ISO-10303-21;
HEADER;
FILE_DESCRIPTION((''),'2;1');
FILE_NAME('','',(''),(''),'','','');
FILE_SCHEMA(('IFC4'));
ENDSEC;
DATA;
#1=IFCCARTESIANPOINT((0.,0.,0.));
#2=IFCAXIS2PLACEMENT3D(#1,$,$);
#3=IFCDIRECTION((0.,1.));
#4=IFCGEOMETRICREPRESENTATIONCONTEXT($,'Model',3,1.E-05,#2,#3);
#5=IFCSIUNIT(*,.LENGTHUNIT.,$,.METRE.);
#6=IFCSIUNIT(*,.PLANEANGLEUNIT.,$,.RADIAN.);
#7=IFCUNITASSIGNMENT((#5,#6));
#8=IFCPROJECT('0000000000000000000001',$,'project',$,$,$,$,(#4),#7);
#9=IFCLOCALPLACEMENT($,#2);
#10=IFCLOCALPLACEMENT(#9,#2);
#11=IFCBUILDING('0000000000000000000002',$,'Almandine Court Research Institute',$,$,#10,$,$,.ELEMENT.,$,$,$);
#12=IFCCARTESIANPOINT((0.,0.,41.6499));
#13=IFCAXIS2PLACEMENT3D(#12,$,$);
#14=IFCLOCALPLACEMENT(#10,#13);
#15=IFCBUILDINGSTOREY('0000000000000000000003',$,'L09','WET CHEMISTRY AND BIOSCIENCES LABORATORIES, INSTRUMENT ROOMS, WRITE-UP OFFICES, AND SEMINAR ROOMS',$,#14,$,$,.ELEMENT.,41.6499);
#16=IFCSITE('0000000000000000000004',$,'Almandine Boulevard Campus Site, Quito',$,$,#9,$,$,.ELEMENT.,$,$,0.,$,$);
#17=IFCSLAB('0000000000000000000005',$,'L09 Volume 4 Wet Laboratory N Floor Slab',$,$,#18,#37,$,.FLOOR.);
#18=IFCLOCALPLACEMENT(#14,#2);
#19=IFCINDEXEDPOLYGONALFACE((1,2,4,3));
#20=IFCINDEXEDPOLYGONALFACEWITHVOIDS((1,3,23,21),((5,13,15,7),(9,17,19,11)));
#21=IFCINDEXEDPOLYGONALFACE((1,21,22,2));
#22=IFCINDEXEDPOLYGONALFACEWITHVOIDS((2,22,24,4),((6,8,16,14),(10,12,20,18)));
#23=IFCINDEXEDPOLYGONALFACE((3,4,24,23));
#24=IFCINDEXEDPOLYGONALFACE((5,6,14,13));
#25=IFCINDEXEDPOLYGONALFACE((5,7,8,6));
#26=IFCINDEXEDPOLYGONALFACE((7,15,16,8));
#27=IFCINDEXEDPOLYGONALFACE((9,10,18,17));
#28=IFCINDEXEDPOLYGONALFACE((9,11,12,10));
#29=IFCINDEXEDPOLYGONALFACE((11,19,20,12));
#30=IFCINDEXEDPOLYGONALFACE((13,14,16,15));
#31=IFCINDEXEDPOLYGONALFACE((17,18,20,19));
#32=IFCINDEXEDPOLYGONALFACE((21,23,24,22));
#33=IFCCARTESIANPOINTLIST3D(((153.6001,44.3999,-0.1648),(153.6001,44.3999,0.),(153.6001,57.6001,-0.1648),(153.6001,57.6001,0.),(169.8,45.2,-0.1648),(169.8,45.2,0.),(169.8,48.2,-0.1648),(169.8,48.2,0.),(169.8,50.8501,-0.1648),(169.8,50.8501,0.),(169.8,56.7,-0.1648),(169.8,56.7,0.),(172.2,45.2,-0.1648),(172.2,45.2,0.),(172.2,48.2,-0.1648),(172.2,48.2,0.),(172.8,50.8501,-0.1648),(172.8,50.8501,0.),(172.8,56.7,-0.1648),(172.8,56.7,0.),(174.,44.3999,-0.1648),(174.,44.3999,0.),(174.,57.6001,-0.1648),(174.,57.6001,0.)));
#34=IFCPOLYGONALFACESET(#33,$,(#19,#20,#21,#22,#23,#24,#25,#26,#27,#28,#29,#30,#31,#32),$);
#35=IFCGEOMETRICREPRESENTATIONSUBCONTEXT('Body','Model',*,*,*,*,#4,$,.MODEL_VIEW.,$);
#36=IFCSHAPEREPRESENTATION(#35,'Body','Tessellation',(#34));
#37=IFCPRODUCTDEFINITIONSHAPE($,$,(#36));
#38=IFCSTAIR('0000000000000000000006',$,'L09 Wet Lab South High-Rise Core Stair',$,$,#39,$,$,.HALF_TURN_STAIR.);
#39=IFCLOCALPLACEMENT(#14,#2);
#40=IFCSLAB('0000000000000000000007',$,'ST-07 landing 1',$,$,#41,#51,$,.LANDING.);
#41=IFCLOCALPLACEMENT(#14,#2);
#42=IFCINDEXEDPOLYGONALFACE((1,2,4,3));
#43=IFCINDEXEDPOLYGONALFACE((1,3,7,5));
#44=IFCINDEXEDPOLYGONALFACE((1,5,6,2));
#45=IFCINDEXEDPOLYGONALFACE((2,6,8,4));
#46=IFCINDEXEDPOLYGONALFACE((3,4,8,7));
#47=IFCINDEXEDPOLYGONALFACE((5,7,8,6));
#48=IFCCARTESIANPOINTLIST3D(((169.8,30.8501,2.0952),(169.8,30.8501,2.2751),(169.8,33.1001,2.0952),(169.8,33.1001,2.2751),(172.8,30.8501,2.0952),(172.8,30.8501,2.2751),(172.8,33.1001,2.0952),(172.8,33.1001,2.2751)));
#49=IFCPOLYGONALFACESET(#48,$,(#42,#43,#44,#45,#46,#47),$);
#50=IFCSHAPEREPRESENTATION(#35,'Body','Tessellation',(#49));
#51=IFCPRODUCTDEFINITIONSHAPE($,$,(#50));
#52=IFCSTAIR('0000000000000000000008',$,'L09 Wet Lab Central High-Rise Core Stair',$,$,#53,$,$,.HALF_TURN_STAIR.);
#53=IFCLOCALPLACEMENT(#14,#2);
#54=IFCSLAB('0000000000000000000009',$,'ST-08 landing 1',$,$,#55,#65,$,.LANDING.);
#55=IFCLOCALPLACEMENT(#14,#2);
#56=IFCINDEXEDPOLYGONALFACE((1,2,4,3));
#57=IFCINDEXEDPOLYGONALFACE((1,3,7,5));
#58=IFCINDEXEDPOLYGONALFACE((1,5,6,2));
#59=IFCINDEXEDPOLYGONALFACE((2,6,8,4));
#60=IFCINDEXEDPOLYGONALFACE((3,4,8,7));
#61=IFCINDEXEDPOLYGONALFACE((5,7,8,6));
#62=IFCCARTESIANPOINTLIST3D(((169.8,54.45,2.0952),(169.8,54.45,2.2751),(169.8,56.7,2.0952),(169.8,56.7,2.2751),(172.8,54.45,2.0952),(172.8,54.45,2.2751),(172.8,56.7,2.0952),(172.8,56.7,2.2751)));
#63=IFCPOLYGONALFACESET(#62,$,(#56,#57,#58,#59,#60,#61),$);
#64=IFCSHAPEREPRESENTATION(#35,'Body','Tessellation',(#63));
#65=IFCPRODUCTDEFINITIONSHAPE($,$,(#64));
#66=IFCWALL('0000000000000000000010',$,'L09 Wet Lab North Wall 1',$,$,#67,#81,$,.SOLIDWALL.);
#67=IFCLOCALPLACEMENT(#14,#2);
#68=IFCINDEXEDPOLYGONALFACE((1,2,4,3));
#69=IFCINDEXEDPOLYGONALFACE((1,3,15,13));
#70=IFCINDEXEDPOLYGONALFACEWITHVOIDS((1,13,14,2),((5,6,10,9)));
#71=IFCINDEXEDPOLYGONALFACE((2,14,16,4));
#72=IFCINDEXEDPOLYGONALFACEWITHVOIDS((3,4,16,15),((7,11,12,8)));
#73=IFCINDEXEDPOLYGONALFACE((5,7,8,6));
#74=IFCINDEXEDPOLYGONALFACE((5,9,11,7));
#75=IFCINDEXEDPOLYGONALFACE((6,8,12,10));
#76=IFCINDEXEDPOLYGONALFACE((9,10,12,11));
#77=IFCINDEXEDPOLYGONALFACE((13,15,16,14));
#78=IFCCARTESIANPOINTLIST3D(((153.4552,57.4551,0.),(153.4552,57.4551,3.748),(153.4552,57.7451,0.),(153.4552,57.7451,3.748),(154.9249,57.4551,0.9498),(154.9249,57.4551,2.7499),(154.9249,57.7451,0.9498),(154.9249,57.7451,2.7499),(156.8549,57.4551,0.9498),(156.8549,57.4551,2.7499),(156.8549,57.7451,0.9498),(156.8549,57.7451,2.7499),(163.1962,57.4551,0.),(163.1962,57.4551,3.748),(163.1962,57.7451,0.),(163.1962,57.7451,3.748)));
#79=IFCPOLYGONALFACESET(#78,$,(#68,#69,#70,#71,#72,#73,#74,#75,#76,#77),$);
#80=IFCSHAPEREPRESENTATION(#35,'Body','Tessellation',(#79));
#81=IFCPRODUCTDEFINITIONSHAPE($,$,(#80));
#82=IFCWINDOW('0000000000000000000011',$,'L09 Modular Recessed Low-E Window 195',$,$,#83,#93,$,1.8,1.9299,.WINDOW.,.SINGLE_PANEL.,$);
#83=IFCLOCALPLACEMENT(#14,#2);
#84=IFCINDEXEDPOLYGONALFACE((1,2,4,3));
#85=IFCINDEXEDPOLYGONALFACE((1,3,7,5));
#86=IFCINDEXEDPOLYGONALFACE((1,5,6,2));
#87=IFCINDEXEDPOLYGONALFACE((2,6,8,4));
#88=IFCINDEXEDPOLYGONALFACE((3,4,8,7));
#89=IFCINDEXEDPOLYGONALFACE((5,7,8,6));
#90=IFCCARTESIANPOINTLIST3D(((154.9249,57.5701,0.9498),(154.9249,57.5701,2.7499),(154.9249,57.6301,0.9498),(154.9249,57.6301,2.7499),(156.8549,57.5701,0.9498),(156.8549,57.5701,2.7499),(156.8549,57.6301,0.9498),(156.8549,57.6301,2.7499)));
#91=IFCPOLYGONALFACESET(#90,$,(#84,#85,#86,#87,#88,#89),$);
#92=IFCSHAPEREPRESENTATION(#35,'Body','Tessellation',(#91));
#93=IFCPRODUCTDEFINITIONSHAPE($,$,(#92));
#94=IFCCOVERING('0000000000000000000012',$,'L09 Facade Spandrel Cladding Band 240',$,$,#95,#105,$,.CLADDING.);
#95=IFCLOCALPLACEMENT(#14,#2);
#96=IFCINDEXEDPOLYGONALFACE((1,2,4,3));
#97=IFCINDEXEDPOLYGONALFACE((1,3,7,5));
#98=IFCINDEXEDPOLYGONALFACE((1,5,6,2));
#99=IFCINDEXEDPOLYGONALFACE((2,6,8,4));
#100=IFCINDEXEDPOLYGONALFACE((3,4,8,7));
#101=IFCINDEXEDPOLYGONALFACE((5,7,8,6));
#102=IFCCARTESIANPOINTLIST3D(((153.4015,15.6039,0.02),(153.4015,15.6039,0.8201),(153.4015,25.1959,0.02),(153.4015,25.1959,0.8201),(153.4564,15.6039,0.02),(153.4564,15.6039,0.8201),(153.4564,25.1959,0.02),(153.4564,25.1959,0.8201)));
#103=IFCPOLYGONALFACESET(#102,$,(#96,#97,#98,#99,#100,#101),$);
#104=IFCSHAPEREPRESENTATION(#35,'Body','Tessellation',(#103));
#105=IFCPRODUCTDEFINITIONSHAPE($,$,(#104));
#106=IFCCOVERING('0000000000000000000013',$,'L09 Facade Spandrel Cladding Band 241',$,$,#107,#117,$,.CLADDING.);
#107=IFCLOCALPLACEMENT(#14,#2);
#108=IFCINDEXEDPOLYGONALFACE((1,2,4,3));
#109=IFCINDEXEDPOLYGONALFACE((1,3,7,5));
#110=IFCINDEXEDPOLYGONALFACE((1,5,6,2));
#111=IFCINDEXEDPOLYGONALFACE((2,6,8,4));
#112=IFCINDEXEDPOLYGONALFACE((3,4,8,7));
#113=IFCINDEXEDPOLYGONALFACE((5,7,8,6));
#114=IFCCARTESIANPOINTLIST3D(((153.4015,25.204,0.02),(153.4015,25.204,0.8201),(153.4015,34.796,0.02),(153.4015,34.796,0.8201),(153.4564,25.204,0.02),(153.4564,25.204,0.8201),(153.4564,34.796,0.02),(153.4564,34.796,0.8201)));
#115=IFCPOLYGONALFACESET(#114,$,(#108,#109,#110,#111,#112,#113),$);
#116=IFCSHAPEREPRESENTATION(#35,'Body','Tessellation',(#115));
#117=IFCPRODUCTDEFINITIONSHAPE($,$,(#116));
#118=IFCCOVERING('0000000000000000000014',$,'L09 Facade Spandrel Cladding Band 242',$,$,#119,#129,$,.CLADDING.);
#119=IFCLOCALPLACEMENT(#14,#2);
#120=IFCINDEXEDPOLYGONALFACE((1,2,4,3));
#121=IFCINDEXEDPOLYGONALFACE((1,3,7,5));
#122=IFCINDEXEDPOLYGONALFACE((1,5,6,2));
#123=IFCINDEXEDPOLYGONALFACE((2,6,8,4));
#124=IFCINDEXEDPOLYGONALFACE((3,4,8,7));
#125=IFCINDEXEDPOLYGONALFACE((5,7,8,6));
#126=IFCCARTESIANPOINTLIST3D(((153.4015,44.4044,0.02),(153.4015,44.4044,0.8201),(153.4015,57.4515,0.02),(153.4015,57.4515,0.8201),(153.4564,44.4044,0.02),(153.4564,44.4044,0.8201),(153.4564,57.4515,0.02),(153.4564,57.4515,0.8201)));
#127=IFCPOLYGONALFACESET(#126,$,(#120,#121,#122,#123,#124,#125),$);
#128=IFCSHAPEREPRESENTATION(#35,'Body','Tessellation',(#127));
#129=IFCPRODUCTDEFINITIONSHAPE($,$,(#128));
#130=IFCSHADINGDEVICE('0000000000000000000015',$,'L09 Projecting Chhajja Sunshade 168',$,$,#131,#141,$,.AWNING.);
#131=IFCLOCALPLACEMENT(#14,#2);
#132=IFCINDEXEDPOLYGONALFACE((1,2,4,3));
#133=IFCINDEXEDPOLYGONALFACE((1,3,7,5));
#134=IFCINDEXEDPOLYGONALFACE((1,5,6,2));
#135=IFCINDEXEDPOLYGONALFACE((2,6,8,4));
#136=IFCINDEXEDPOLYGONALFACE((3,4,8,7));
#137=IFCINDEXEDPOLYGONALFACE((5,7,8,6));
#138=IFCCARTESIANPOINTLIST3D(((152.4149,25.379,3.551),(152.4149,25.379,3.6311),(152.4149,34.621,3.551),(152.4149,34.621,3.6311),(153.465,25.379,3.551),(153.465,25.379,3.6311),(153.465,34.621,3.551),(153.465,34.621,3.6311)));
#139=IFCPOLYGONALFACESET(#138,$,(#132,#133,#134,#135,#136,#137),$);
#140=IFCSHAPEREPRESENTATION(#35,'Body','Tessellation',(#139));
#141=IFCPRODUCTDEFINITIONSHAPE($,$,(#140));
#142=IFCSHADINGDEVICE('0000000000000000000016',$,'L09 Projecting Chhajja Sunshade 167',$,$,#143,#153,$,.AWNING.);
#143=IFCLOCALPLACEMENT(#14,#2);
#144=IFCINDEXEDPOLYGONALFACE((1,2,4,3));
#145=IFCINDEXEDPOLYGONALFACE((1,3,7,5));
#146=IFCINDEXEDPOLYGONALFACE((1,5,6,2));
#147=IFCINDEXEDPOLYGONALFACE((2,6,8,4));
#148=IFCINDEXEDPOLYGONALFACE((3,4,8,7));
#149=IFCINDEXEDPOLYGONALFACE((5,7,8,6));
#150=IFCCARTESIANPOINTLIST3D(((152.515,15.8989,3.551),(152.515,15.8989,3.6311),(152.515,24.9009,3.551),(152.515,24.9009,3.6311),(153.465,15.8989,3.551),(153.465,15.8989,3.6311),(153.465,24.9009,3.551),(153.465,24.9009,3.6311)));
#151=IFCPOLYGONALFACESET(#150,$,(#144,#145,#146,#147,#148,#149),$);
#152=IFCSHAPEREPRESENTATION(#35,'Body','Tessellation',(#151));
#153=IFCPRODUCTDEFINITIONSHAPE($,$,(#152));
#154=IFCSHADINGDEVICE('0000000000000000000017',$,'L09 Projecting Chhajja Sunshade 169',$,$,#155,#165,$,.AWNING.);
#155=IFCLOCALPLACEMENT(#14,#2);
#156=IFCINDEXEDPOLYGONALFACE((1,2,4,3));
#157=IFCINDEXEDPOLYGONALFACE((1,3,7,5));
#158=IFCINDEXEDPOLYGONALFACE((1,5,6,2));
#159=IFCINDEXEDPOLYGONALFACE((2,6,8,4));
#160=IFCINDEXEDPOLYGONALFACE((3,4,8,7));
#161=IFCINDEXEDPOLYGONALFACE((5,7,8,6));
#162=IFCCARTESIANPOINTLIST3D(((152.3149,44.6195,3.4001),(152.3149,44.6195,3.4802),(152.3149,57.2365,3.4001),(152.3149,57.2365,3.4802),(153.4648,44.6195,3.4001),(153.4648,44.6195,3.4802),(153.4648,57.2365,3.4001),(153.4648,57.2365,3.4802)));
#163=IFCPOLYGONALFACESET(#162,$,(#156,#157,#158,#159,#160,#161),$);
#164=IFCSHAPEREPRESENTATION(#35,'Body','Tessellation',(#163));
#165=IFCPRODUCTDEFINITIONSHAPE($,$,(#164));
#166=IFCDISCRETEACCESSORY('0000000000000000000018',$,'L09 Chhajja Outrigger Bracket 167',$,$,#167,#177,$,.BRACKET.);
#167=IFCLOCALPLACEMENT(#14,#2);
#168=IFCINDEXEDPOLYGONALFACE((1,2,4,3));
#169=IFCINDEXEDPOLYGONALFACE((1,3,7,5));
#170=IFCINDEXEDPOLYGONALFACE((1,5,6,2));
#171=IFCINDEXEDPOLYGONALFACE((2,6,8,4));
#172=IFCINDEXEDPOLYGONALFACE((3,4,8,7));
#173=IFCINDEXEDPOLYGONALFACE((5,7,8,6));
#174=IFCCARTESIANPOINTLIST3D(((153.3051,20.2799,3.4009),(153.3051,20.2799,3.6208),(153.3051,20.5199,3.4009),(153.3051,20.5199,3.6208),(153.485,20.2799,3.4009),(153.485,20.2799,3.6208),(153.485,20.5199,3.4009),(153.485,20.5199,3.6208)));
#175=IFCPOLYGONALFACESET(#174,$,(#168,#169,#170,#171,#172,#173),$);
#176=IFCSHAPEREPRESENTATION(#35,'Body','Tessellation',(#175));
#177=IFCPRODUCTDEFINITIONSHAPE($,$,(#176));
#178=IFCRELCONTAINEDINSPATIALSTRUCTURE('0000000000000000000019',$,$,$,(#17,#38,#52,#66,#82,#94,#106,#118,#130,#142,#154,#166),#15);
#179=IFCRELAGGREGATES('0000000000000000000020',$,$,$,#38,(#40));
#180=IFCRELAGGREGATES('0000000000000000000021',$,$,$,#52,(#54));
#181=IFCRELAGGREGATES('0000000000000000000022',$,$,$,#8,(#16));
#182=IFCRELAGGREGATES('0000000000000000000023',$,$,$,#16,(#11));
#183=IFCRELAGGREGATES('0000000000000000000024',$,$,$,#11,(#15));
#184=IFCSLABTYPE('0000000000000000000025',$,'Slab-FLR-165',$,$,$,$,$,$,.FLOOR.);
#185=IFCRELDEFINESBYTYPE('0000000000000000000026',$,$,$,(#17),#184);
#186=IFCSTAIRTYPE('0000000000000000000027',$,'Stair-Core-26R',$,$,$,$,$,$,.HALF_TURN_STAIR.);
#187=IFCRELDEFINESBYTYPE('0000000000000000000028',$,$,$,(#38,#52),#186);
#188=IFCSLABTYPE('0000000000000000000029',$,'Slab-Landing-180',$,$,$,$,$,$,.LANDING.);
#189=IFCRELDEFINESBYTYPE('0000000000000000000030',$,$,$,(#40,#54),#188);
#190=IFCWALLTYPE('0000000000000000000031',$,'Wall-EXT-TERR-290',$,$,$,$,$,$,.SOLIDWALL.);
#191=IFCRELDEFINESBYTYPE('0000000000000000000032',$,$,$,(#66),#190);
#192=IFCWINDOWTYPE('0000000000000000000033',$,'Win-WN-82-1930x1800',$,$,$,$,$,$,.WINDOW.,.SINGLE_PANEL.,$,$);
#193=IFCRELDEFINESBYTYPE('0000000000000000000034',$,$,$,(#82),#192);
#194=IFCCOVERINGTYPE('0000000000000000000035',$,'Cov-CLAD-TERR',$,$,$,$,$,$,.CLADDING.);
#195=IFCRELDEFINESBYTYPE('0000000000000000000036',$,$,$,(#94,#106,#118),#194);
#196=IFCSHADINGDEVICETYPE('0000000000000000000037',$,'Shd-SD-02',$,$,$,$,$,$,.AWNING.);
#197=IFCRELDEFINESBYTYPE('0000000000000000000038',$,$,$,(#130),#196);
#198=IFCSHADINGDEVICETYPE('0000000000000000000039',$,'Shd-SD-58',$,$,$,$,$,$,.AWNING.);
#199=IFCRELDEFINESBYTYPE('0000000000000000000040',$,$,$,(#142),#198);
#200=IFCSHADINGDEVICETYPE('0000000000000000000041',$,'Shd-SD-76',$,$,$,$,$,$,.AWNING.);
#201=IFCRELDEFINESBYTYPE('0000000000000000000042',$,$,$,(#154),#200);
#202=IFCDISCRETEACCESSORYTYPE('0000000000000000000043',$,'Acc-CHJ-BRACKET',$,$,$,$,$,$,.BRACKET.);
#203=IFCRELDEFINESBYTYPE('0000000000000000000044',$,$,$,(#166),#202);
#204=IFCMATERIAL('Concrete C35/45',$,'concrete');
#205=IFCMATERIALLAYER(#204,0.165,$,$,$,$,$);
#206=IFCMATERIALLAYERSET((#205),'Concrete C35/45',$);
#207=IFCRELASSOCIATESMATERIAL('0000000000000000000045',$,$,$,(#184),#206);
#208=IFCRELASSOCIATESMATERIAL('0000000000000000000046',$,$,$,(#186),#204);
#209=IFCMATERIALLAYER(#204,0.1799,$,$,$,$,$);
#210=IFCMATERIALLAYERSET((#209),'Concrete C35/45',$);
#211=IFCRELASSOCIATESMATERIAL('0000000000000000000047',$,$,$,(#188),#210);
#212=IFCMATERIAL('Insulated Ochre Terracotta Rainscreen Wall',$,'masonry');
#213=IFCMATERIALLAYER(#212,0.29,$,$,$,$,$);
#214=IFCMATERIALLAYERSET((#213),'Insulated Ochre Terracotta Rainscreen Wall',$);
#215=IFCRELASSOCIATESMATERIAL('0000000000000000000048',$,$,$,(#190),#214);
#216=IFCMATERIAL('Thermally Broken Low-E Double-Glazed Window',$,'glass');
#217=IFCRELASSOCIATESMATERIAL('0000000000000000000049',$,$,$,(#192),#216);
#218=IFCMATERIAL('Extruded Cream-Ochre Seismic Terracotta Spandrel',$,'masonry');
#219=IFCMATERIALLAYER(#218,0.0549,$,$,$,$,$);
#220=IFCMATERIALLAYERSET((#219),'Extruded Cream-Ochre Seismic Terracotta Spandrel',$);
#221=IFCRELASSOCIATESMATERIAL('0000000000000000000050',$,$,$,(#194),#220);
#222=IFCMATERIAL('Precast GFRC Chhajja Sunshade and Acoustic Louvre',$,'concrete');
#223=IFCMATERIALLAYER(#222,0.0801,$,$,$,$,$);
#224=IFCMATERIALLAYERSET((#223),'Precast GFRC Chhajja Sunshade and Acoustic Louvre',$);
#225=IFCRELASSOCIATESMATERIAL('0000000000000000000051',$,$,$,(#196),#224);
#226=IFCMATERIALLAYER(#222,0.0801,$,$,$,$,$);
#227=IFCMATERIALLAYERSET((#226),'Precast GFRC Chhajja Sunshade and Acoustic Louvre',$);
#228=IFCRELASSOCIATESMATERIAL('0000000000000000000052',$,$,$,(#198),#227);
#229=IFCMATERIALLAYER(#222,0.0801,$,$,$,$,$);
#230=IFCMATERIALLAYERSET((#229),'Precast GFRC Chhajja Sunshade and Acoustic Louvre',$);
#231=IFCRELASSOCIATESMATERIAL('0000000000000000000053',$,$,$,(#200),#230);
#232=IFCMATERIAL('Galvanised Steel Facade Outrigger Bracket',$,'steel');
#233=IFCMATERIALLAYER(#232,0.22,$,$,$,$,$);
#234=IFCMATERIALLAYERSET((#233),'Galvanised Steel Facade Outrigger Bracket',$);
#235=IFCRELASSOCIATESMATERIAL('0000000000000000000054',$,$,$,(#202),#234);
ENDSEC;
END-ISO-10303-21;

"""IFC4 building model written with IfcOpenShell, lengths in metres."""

from ifc_helpers import new_model, si_unit, direction, frame, frame_2d, origin, origin_2d, place, context, subcontext, project, spatial, polyline, rectangle, outline, extrude, material, layer, layer_set, type_object, element, fill, aggregate, save


model = new_model("IFC4")

# Units and contexts
model_context = context("Model", 3, precision=1e-05, world=origin(), true_north=direction((0.0, 1.0)))
body_context = subcontext(model_context, "Body", "Model", "MODEL_VIEW")
ifc_project = project(units=[si_unit("LENGTHUNIT", "METRE"), si_unit("PLANEANGLEUNIT", "RADIAN")], contexts=[model_context])

# Site, building, storey
site_placement = place(None, origin())
site = spatial("IfcSite", under=ifc_project, at=site_placement, Name="Almandine Boulevard Campus Site, Quito", CompositionType="ELEMENT", RefElevation=0.0)
building_placement = place(site_placement, origin())
building = spatial("IfcBuilding", under=site, at=building_placement, Name="Almandine Court Research Institute", CompositionType="ELEMENT")
storey_placement = place(building_placement, frame((0.0, 0.0, 41.6499)))
storey = spatial("IfcBuildingStorey", under=building, at=storey_placement, Name="L09", Description="WET CHEMISTRY AND BIOSCIENCES LABORATORIES, INSTRUMENT ROOMS, WRITE-UP OFFICES, AND SEMINAR ROOMS", CompositionType="ELEMENT", Elevation=41.6499)

# Slab
ifc_material_1 = material(Name="Concrete C35/45", Category="concrete")
ifc_layer_1 = layer(ifc_material_1, 0.165)
ifc_layer_set_1 = layer_set([ifc_layer_1], Name="Concrete C35/45")
slab_type_1 = type_object("IfcSlabType", Name="Slab-FLR-165", PredefinedType="FLOOR", material=ifc_layer_set_1)
slab_1_placement = place(storey_placement, frame((0.0, 0.0, -0.1648)))
element("IfcSlab", 1, at=slab_1_placement, inside=storey, type_object=slab_type_1, Name="L09 Volume 4 Wet Laboratory N Floor Slab", PredefinedType="FLOOR", context=body_context, shape_type="SweptSolid", body=[
    extrude(outline(polyline([(153.6001, 44.3999), (174.0, 44.3999), (174.0, 57.6001), (153.6001, 57.6001), (153.6001, 44.3999)]), holes=[polyline([(172.8, 50.8501), (172.8, 56.7), (169.8, 56.7), (169.8, 50.8501), (172.8, 50.8501)]), polyline([(169.8, 45.2), (172.2, 45.2), (172.2, 48.2), (169.8, 48.2), (169.8, 45.2)])]), origin(), (0.0, 0.0, 1.0), 0.1648),
])

# Stairs, slabs
stair_type = type_object("IfcStairType", Name="Stair-Core-26R", PredefinedType="HALF_TURN_STAIR", material=ifc_material_1)
stair_1_placement = place(storey_placement, origin())
stair_1 = element("IfcStair", 2, at=stair_1_placement, inside=storey, type_object=stair_type, Name="L09 Wet Lab South High-Rise Core Stair", PredefinedType="HALF_TURN_STAIR")
ifc_layer_2 = layer(ifc_material_1, 0.1799)
ifc_layer_set_2 = layer_set([ifc_layer_2], Name="Concrete C35/45")
slab_type_2 = type_object("IfcSlabType", Name="Slab-Landing-180", PredefinedType="LANDING", material=ifc_layer_set_2)
slab_2_placement = place(storey_placement, frame((0.0, 0.0, 2.0952)))
slab_2 = element("IfcSlab", 3, at=slab_2_placement, type_object=slab_type_2, Name="ST-07 landing 1", PredefinedType="LANDING", context=body_context, shape_type="SweptSolid", body=[
    extrude(outline(polyline([(172.8, 30.8501), (172.8, 33.1001), (169.8, 33.1001), (169.8, 30.8501), (172.8, 30.8501)])), origin(), (0.0, 0.0, 1.0), 0.1799),
])
aggregate(stair_1, [slab_2])
stair_2_placement = place(storey_placement, origin())
stair_2 = element("IfcStair", 4, at=stair_2_placement, inside=storey, type_object=stair_type, Name="L09 Wet Lab Central High-Rise Core Stair", PredefinedType="HALF_TURN_STAIR")
slab_3_placement = place(storey_placement, frame((0.0, 0.0, 2.0952)))
slab_3 = element("IfcSlab", 5, at=slab_3_placement, type_object=slab_type_2, Name="ST-08 landing 1", PredefinedType="LANDING", context=body_context, shape_type="SweptSolid", body=[
    extrude(outline(polyline([(172.8, 54.45), (172.8, 56.7), (169.8, 56.7), (169.8, 54.45), (172.8, 54.45)])), origin(), (0.0, 0.0, 1.0), 0.1799),
])
aggregate(stair_2, [slab_3])

# Wall, opening, window
ifc_material_2 = material(Name="Insulated Ochre Terracotta Rainscreen Wall", Category="masonry")
ifc_layer_3 = layer(ifc_material_2, 0.29)
ifc_layer_set_3 = layer_set([ifc_layer_3], Name="Insulated Ochre Terracotta Rainscreen Wall")
wall_type = type_object("IfcWallType", Name="Wall-EXT-TERR-290", PredefinedType="SOLIDWALL", material=ifc_layer_set_3)
wall_placement = place(storey_placement, frame((153.4551, 57.6001, 0.0), z_axis=(0.0, 0.0, 1.0), x_axis=(1.0, 0.0, 0.0)))
wall = element("IfcWall", 6, at=wall_placement, inside=storey, type_object=wall_type, Name="L09 Wet Lab North Wall 1", PredefinedType="SOLIDWALL", context=body_context, shape_type="SweptSolid", body=[
    extrude(rectangle(XDim=9.741, YDim=0.29, at=frame_2d((4.8706, 0.0))), origin(), (0.0, 0.0, 1.0), 3.748),
])
opening_placement = place(wall_placement, frame((1.47, 0.0, 0.95)))
opening = element("IfcOpeningElement", 7, at=opening_placement, cuts=wall, PredefinedType="OPENING", context=body_context, shape_type="SweptSolid", body=[
    extrude(rectangle(XDim=1.9299, YDim=1.8, at=frame_2d((0.9648, 0.8999))), frame((0.0, 0.155, 0.0), z_axis=(0.0, -1.0, 0.0), x_axis=(1.0, 0.0, 0.0)), (0.0, 0.0, 1.0), 0.3101),
])
ifc_material_3 = material(Name="Thermally Broken Low-E Double-Glazed Window", Category="glass")
window_type = type_object("IfcWindowType", Name="Win-WN-82-1930x1800", PartitioningType="SINGLE_PANEL", PredefinedType="WINDOW", material=ifc_material_3)
window_placement = place(opening_placement, origin())
window = element("IfcWindow", 8, at=window_placement, inside=storey, type_object=window_type, Name="L09 Modular Recessed Low-E Window 195", OverallHeight=1.8, OverallWidth=1.9299, PartitioningType="SINGLE_PANEL", PredefinedType="WINDOW", context=body_context, shape_type="SweptSolid", body=[
    extrude(rectangle(XDim=1.9299, YDim=1.8, at=frame_2d((0.9648, 0.8999))), frame((0.0, 0.03, 0.0), z_axis=(0.0, -1.0, 0.0), x_axis=(1.0, 0.0, 0.0)), (0.0, 0.0, 1.0), 0.0601),
])
fill(opening, window)

# Coverings
ifc_material_4 = material(Name="Extruded Cream-Ochre Seismic Terracotta Spandrel", Category="masonry")
ifc_layer_4 = layer(ifc_material_4, 0.0549)
ifc_layer_set_4 = layer_set([ifc_layer_4], Name="Extruded Cream-Ochre Seismic Terracotta Spandrel")
covering_type = type_object("IfcCoveringType", Name="Cov-CLAD-TERR", PredefinedType="CLADDING", material=ifc_layer_set_4)
for number, where, z_axis, x_axis, name in (
    (9, (153.429, 20.3999, 0.02), (0.0, 0.0, 1.0), (0.0, 1.0, 0.0), "L09 Facade Spandrel Cladding Band 240"),
    (10, (153.429, 30.0, 0.02), (0.0, 0.0, 1.0), (0.0, 1.0, 0.0), "L09 Facade Spandrel Cladding Band 241"),
):
    element("IfcCovering", number, at=place(storey_placement, frame(where, z_axis=z_axis, x_axis=x_axis)), inside=storey, type_object=covering_type, Name=name, PredefinedType="CLADDING", context=body_context, shape_type="SweptSolid", body=[
        extrude(rectangle(XDim=9.592, YDim=0.0549, at=origin_2d()), origin(), (0.0, 0.0, 1.0), 0.8),
    ])
covering_placement = place(storey_placement, frame((153.429, 50.928, 0.02), z_axis=(0.0, 0.0, 1.0), x_axis=(0.0, 1.0, 0.0)))
element("IfcCovering", 11, at=covering_placement, inside=storey, type_object=covering_type, Name="L09 Facade Spandrel Cladding Band 242", PredefinedType="CLADDING", context=body_context, shape_type="SweptSolid", body=[
    extrude(rectangle(XDim=13.0471, YDim=0.0549, at=origin_2d()), origin(), (0.0, 0.0, 1.0), 0.8),
])

# Shading devices
ifc_material_5 = material(Name="Precast GFRC Chhajja Sunshade and Acoustic Louvre", Category="concrete")
ifc_layer_5 = layer(ifc_material_5, 0.0801)
ifc_layer_set_5 = layer_set([ifc_layer_5], Name="Precast GFRC Chhajja Sunshade and Acoustic Louvre")
shading_device_type_1 = type_object("IfcShadingDeviceType", Name="Shd-SD-02", PredefinedType="AWNING", material=ifc_layer_set_5)
shading_device_1_placement = place(storey_placement, frame((152.9399, 30.0, 3.551), z_axis=(0.0, 0.0, 1.0), x_axis=(0.0, 1.0, 0.0)))
element("IfcShadingDevice", 12, at=shading_device_1_placement, inside=storey, type_object=shading_device_type_1, Name="L09 Projecting Chhajja Sunshade 168", PredefinedType="AWNING", context=body_context, shape_type="SweptSolid", body=[
    extrude(rectangle(XDim=9.2419, YDim=1.05, at=origin_2d()), origin(), (0.0, 0.0, 1.0), 0.0801),
])
ifc_layer_6 = layer(ifc_material_5, 0.0801)
ifc_layer_set_6 = layer_set([ifc_layer_6], Name="Precast GFRC Chhajja Sunshade and Acoustic Louvre")
shading_device_type_2 = type_object("IfcShadingDeviceType", Name="Shd-SD-58", PredefinedType="AWNING", material=ifc_layer_set_6)
shading_device_2_placement = place(storey_placement, frame((152.99, 20.3999, 3.551), z_axis=(0.0, 0.0, 1.0), x_axis=(0.0, 1.0, 0.0)))
element("IfcShadingDevice", 13, at=shading_device_2_placement, inside=storey, type_object=shading_device_type_2, Name="L09 Projecting Chhajja Sunshade 167", PredefinedType="AWNING", context=body_context, shape_type="SweptSolid", body=[
    extrude(rectangle(XDim=9.002, YDim=0.95, at=origin_2d()), origin(), (0.0, 0.0, 1.0), 0.0801),
])
ifc_layer_7 = layer(ifc_material_5, 0.0801)
ifc_layer_set_7 = layer_set([ifc_layer_7], Name="Precast GFRC Chhajja Sunshade and Acoustic Louvre")
shading_device_type_3 = type_object("IfcShadingDeviceType", Name="Shd-SD-76", PredefinedType="AWNING", material=ifc_layer_set_7)
shading_device_3_placement = place(storey_placement, frame((152.8899, 50.928, 3.4001), z_axis=(0.0, 0.0, 1.0), x_axis=(0.0, 1.0, 0.0)))
element("IfcShadingDevice", 14, at=shading_device_3_placement, inside=storey, type_object=shading_device_type_3, Name="L09 Projecting Chhajja Sunshade 169", PredefinedType="AWNING", context=body_context, shape_type="SweptSolid", body=[
    extrude(rectangle(XDim=12.6169, YDim=1.1499, at=origin_2d()), origin(), (0.0, 0.0, 1.0), 0.0801),
])

# Discrete accessory
ifc_material_6 = material(Name="Galvanised Steel Facade Outrigger Bracket", Category="steel")
ifc_layer_8 = layer(ifc_material_6, 0.22)
ifc_layer_set_8 = layer_set([ifc_layer_8], Name="Galvanised Steel Facade Outrigger Bracket")
discrete_accessory_type = type_object("IfcDiscreteAccessoryType", Name="Acc-CHJ-BRACKET", PredefinedType="BRACKET", material=ifc_layer_set_8)
for number, where, z_axis, x_axis, name in (
    (15, (153.395, 20.3999, 3.4009), (0.0, 0.0, 1.0), (0.0, 1.0, 0.0), "L09 Chhajja Outrigger Bracket 167"),
):
    element("IfcDiscreteAccessory", number, at=place(storey_placement, frame(where, z_axis=z_axis, x_axis=x_axis)), inside=storey, type_object=discrete_accessory_type, Name=name, PredefinedType="BRACKET", context=body_context, shape_type="SweptSolid", body=[
        extrude(rectangle(XDim=0.24, YDim=0.1799, at=origin_2d()), origin(), (0.0, 0.0, 1.0), 0.22),
    ])

save(model, "model.ifc")
